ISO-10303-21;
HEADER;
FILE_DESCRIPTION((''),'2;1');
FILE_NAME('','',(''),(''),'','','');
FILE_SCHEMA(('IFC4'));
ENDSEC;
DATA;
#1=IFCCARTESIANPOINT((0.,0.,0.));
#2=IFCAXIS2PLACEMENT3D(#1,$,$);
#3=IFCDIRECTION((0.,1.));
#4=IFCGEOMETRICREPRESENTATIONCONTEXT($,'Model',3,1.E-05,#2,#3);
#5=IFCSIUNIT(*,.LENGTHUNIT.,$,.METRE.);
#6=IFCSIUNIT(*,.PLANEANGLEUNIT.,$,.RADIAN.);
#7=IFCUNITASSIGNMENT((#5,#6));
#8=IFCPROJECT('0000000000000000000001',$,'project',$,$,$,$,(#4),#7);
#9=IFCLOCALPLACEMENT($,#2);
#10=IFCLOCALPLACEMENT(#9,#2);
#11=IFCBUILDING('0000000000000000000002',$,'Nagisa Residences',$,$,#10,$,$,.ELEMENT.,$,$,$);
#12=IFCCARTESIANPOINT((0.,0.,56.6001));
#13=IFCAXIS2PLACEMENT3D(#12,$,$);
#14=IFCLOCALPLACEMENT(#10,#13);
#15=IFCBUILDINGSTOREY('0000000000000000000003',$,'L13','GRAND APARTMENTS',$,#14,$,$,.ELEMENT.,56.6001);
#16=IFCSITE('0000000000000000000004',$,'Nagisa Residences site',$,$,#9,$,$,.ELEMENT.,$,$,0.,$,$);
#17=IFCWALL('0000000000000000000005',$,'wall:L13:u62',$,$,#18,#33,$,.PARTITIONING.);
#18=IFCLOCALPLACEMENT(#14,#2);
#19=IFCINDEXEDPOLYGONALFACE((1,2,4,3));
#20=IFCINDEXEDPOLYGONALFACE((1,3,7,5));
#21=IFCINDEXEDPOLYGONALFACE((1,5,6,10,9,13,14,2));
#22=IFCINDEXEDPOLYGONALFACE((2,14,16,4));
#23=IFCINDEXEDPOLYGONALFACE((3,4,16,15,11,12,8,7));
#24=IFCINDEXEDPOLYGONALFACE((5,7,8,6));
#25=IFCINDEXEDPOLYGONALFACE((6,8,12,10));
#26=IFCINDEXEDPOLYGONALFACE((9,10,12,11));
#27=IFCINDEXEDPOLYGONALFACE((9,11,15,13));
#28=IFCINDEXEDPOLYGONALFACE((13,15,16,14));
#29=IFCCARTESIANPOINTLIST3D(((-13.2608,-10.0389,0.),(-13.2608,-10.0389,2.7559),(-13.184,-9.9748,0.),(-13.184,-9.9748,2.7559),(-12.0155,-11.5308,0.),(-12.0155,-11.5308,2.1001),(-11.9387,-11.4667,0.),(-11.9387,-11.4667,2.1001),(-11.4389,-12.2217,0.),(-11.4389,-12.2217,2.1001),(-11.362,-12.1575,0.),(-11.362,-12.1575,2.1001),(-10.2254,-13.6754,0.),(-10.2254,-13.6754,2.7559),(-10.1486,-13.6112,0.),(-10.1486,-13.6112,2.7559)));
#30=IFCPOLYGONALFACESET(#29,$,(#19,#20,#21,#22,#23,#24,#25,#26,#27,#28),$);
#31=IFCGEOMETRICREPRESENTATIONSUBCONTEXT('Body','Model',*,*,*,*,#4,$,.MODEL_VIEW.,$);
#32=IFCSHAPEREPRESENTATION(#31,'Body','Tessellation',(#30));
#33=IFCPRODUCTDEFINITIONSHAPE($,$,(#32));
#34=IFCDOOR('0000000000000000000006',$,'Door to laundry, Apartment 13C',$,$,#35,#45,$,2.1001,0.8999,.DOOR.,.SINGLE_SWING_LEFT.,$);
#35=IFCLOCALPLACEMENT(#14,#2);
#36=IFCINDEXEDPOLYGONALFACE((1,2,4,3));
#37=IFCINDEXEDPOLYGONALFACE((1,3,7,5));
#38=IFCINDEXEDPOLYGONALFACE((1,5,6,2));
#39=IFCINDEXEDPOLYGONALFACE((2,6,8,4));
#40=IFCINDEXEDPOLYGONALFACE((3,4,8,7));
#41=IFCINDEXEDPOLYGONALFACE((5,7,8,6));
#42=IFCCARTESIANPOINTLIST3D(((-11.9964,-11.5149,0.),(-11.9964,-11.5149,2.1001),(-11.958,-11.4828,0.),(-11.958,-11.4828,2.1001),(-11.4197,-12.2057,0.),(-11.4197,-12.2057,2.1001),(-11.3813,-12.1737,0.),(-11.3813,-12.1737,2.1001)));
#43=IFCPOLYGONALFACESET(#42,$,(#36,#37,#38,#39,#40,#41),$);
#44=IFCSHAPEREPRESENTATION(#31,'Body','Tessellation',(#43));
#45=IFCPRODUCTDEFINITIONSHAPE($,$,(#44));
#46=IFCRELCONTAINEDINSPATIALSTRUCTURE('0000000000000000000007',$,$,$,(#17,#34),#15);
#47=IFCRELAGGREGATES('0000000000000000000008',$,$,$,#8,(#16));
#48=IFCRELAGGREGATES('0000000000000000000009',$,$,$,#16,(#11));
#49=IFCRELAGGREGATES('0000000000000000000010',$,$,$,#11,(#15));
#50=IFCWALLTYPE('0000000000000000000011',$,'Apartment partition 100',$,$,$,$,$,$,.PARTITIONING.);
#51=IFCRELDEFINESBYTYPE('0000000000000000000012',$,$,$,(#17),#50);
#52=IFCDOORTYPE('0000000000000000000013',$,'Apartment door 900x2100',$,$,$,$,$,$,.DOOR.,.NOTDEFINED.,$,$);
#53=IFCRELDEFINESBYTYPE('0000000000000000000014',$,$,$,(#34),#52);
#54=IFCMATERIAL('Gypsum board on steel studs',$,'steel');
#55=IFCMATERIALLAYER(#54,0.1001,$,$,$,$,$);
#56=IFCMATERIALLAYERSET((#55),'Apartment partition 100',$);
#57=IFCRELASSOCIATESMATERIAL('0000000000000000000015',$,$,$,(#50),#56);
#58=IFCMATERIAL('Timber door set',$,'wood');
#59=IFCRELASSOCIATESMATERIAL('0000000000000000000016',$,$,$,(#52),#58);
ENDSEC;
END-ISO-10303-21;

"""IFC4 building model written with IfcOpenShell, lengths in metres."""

from ifc_helpers import new_model, si_unit, direction, frame, frame_2d, origin, place, context, subcontext, project, spatial, rectangle, extrude, material, layer, layer_set, type_object, element, fill, save


model = new_model("IFC4")

# Units and contexts
model_context = context("Model", 3, precision=1e-05, world=origin(), true_north=direction((0.0, 1.0)))
body_context = subcontext(model_context, "Body", "Model", "MODEL_VIEW")
ifc_project = project(units=[si_unit("LENGTHUNIT", "METRE"), si_unit("PLANEANGLEUNIT", "RADIAN")], contexts=[model_context])

# Site, building, storey
site_placement = place(None, origin())
site = spatial("IfcSite", under=ifc_project, at=site_placement, Name="Nagisa Residences site", CompositionType="ELEMENT", RefElevation=0.0)
building_placement = place(site_placement, origin())
building = spatial("IfcBuilding", under=site, at=building_placement, Name="Nagisa Residences", CompositionType="ELEMENT")
storey_placement = place(building_placement, frame((0.0, 0.0, 56.6001)))
storey = spatial("IfcBuildingStorey", under=building, at=storey_placement, Name="L13", Description="GRAND APARTMENTS", CompositionType="ELEMENT", Elevation=56.6001)

# Shared definitions
ifc_material_1 = material(Name="Gypsum board on steel studs", Category="steel")
ifc_layer_1 = layer(ifc_material_1, 0.1001)
ifc_layer_set_1 = layer_set([ifc_layer_1], Name="Apartment partition 100")
wall_type_1 = type_object("IfcWallType", Name="Apartment partition 100", PredefinedType="PARTITIONING", material=ifc_layer_set_1)

# Shared definitions
ifc_material_2 = material(Name="Timber door set", Category="wood")
door_type_1 = type_object("IfcDoorType", Name="Apartment door 900x2100", OperationType="NOTDEFINED", PredefinedType="DOOR", material=ifc_material_2)

# Wall, opening, door
wall_1_placement = place(storey_placement, frame((-13.2224, -10.0068, 0.0), z_axis=(0.0, 0.0, 1.0), x_axis=(0.640808, -0.767701, 0.0)))
wall_1 = element("IfcWall", 1, at=wall_1_placement, inside=storey, type_object=wall_type_1, Name="wall:L13:u62", PredefinedType="PARTITIONING", context=body_context, shape_type="SweptSolid", body=[
    extrude(rectangle(XDim=4.7368, YDim=0.1001, at=frame_2d((2.3684, 0.0))), origin(), (0.0, 0.0, 1.0), 2.7559),
])
opening_1_placement = place(wall_1_placement, frame((1.9434, 0.0, 0.0)))
opening_1 = element("IfcOpeningElement", 2, at=opening_1_placement, cuts=wall_1, PredefinedType="OPENING", context=body_context, shape_type="SweptSolid", body=[
    extrude(rectangle(XDim=0.8999, YDim=2.1001, at=frame_2d((0.45, 1.05))), frame((0.0, 0.0601, 0.0), z_axis=(0.0, -1.0, 0.0), x_axis=(1.0, 0.0, 0.0)), (0.0, 0.0, 1.0), 0.1201),
])
door_1_placement = place(opening_1_placement, origin())
door_1 = element("IfcDoor", 3, at=door_1_placement, inside=storey, type_object=door_type_1, Name="Door to laundry, Apartment 13C", OperationType="SINGLE_SWING_LEFT", OverallHeight=2.1001, OverallWidth=0.8999, PredefinedType="DOOR", context=body_context, shape_type="SweptSolid", body=[
    extrude(rectangle(XDim=0.8999, YDim=2.1001, at=frame_2d((0.45, 1.05))), frame((0.0, 0.0249, 0.0), z_axis=(0.0, -1.0, 0.0), x_axis=(1.0, 0.0, 0.0)), (0.0, 0.0, 1.0), 0.05),
])
fill(opening_1, door_1)

save(model, "model.ifc")
